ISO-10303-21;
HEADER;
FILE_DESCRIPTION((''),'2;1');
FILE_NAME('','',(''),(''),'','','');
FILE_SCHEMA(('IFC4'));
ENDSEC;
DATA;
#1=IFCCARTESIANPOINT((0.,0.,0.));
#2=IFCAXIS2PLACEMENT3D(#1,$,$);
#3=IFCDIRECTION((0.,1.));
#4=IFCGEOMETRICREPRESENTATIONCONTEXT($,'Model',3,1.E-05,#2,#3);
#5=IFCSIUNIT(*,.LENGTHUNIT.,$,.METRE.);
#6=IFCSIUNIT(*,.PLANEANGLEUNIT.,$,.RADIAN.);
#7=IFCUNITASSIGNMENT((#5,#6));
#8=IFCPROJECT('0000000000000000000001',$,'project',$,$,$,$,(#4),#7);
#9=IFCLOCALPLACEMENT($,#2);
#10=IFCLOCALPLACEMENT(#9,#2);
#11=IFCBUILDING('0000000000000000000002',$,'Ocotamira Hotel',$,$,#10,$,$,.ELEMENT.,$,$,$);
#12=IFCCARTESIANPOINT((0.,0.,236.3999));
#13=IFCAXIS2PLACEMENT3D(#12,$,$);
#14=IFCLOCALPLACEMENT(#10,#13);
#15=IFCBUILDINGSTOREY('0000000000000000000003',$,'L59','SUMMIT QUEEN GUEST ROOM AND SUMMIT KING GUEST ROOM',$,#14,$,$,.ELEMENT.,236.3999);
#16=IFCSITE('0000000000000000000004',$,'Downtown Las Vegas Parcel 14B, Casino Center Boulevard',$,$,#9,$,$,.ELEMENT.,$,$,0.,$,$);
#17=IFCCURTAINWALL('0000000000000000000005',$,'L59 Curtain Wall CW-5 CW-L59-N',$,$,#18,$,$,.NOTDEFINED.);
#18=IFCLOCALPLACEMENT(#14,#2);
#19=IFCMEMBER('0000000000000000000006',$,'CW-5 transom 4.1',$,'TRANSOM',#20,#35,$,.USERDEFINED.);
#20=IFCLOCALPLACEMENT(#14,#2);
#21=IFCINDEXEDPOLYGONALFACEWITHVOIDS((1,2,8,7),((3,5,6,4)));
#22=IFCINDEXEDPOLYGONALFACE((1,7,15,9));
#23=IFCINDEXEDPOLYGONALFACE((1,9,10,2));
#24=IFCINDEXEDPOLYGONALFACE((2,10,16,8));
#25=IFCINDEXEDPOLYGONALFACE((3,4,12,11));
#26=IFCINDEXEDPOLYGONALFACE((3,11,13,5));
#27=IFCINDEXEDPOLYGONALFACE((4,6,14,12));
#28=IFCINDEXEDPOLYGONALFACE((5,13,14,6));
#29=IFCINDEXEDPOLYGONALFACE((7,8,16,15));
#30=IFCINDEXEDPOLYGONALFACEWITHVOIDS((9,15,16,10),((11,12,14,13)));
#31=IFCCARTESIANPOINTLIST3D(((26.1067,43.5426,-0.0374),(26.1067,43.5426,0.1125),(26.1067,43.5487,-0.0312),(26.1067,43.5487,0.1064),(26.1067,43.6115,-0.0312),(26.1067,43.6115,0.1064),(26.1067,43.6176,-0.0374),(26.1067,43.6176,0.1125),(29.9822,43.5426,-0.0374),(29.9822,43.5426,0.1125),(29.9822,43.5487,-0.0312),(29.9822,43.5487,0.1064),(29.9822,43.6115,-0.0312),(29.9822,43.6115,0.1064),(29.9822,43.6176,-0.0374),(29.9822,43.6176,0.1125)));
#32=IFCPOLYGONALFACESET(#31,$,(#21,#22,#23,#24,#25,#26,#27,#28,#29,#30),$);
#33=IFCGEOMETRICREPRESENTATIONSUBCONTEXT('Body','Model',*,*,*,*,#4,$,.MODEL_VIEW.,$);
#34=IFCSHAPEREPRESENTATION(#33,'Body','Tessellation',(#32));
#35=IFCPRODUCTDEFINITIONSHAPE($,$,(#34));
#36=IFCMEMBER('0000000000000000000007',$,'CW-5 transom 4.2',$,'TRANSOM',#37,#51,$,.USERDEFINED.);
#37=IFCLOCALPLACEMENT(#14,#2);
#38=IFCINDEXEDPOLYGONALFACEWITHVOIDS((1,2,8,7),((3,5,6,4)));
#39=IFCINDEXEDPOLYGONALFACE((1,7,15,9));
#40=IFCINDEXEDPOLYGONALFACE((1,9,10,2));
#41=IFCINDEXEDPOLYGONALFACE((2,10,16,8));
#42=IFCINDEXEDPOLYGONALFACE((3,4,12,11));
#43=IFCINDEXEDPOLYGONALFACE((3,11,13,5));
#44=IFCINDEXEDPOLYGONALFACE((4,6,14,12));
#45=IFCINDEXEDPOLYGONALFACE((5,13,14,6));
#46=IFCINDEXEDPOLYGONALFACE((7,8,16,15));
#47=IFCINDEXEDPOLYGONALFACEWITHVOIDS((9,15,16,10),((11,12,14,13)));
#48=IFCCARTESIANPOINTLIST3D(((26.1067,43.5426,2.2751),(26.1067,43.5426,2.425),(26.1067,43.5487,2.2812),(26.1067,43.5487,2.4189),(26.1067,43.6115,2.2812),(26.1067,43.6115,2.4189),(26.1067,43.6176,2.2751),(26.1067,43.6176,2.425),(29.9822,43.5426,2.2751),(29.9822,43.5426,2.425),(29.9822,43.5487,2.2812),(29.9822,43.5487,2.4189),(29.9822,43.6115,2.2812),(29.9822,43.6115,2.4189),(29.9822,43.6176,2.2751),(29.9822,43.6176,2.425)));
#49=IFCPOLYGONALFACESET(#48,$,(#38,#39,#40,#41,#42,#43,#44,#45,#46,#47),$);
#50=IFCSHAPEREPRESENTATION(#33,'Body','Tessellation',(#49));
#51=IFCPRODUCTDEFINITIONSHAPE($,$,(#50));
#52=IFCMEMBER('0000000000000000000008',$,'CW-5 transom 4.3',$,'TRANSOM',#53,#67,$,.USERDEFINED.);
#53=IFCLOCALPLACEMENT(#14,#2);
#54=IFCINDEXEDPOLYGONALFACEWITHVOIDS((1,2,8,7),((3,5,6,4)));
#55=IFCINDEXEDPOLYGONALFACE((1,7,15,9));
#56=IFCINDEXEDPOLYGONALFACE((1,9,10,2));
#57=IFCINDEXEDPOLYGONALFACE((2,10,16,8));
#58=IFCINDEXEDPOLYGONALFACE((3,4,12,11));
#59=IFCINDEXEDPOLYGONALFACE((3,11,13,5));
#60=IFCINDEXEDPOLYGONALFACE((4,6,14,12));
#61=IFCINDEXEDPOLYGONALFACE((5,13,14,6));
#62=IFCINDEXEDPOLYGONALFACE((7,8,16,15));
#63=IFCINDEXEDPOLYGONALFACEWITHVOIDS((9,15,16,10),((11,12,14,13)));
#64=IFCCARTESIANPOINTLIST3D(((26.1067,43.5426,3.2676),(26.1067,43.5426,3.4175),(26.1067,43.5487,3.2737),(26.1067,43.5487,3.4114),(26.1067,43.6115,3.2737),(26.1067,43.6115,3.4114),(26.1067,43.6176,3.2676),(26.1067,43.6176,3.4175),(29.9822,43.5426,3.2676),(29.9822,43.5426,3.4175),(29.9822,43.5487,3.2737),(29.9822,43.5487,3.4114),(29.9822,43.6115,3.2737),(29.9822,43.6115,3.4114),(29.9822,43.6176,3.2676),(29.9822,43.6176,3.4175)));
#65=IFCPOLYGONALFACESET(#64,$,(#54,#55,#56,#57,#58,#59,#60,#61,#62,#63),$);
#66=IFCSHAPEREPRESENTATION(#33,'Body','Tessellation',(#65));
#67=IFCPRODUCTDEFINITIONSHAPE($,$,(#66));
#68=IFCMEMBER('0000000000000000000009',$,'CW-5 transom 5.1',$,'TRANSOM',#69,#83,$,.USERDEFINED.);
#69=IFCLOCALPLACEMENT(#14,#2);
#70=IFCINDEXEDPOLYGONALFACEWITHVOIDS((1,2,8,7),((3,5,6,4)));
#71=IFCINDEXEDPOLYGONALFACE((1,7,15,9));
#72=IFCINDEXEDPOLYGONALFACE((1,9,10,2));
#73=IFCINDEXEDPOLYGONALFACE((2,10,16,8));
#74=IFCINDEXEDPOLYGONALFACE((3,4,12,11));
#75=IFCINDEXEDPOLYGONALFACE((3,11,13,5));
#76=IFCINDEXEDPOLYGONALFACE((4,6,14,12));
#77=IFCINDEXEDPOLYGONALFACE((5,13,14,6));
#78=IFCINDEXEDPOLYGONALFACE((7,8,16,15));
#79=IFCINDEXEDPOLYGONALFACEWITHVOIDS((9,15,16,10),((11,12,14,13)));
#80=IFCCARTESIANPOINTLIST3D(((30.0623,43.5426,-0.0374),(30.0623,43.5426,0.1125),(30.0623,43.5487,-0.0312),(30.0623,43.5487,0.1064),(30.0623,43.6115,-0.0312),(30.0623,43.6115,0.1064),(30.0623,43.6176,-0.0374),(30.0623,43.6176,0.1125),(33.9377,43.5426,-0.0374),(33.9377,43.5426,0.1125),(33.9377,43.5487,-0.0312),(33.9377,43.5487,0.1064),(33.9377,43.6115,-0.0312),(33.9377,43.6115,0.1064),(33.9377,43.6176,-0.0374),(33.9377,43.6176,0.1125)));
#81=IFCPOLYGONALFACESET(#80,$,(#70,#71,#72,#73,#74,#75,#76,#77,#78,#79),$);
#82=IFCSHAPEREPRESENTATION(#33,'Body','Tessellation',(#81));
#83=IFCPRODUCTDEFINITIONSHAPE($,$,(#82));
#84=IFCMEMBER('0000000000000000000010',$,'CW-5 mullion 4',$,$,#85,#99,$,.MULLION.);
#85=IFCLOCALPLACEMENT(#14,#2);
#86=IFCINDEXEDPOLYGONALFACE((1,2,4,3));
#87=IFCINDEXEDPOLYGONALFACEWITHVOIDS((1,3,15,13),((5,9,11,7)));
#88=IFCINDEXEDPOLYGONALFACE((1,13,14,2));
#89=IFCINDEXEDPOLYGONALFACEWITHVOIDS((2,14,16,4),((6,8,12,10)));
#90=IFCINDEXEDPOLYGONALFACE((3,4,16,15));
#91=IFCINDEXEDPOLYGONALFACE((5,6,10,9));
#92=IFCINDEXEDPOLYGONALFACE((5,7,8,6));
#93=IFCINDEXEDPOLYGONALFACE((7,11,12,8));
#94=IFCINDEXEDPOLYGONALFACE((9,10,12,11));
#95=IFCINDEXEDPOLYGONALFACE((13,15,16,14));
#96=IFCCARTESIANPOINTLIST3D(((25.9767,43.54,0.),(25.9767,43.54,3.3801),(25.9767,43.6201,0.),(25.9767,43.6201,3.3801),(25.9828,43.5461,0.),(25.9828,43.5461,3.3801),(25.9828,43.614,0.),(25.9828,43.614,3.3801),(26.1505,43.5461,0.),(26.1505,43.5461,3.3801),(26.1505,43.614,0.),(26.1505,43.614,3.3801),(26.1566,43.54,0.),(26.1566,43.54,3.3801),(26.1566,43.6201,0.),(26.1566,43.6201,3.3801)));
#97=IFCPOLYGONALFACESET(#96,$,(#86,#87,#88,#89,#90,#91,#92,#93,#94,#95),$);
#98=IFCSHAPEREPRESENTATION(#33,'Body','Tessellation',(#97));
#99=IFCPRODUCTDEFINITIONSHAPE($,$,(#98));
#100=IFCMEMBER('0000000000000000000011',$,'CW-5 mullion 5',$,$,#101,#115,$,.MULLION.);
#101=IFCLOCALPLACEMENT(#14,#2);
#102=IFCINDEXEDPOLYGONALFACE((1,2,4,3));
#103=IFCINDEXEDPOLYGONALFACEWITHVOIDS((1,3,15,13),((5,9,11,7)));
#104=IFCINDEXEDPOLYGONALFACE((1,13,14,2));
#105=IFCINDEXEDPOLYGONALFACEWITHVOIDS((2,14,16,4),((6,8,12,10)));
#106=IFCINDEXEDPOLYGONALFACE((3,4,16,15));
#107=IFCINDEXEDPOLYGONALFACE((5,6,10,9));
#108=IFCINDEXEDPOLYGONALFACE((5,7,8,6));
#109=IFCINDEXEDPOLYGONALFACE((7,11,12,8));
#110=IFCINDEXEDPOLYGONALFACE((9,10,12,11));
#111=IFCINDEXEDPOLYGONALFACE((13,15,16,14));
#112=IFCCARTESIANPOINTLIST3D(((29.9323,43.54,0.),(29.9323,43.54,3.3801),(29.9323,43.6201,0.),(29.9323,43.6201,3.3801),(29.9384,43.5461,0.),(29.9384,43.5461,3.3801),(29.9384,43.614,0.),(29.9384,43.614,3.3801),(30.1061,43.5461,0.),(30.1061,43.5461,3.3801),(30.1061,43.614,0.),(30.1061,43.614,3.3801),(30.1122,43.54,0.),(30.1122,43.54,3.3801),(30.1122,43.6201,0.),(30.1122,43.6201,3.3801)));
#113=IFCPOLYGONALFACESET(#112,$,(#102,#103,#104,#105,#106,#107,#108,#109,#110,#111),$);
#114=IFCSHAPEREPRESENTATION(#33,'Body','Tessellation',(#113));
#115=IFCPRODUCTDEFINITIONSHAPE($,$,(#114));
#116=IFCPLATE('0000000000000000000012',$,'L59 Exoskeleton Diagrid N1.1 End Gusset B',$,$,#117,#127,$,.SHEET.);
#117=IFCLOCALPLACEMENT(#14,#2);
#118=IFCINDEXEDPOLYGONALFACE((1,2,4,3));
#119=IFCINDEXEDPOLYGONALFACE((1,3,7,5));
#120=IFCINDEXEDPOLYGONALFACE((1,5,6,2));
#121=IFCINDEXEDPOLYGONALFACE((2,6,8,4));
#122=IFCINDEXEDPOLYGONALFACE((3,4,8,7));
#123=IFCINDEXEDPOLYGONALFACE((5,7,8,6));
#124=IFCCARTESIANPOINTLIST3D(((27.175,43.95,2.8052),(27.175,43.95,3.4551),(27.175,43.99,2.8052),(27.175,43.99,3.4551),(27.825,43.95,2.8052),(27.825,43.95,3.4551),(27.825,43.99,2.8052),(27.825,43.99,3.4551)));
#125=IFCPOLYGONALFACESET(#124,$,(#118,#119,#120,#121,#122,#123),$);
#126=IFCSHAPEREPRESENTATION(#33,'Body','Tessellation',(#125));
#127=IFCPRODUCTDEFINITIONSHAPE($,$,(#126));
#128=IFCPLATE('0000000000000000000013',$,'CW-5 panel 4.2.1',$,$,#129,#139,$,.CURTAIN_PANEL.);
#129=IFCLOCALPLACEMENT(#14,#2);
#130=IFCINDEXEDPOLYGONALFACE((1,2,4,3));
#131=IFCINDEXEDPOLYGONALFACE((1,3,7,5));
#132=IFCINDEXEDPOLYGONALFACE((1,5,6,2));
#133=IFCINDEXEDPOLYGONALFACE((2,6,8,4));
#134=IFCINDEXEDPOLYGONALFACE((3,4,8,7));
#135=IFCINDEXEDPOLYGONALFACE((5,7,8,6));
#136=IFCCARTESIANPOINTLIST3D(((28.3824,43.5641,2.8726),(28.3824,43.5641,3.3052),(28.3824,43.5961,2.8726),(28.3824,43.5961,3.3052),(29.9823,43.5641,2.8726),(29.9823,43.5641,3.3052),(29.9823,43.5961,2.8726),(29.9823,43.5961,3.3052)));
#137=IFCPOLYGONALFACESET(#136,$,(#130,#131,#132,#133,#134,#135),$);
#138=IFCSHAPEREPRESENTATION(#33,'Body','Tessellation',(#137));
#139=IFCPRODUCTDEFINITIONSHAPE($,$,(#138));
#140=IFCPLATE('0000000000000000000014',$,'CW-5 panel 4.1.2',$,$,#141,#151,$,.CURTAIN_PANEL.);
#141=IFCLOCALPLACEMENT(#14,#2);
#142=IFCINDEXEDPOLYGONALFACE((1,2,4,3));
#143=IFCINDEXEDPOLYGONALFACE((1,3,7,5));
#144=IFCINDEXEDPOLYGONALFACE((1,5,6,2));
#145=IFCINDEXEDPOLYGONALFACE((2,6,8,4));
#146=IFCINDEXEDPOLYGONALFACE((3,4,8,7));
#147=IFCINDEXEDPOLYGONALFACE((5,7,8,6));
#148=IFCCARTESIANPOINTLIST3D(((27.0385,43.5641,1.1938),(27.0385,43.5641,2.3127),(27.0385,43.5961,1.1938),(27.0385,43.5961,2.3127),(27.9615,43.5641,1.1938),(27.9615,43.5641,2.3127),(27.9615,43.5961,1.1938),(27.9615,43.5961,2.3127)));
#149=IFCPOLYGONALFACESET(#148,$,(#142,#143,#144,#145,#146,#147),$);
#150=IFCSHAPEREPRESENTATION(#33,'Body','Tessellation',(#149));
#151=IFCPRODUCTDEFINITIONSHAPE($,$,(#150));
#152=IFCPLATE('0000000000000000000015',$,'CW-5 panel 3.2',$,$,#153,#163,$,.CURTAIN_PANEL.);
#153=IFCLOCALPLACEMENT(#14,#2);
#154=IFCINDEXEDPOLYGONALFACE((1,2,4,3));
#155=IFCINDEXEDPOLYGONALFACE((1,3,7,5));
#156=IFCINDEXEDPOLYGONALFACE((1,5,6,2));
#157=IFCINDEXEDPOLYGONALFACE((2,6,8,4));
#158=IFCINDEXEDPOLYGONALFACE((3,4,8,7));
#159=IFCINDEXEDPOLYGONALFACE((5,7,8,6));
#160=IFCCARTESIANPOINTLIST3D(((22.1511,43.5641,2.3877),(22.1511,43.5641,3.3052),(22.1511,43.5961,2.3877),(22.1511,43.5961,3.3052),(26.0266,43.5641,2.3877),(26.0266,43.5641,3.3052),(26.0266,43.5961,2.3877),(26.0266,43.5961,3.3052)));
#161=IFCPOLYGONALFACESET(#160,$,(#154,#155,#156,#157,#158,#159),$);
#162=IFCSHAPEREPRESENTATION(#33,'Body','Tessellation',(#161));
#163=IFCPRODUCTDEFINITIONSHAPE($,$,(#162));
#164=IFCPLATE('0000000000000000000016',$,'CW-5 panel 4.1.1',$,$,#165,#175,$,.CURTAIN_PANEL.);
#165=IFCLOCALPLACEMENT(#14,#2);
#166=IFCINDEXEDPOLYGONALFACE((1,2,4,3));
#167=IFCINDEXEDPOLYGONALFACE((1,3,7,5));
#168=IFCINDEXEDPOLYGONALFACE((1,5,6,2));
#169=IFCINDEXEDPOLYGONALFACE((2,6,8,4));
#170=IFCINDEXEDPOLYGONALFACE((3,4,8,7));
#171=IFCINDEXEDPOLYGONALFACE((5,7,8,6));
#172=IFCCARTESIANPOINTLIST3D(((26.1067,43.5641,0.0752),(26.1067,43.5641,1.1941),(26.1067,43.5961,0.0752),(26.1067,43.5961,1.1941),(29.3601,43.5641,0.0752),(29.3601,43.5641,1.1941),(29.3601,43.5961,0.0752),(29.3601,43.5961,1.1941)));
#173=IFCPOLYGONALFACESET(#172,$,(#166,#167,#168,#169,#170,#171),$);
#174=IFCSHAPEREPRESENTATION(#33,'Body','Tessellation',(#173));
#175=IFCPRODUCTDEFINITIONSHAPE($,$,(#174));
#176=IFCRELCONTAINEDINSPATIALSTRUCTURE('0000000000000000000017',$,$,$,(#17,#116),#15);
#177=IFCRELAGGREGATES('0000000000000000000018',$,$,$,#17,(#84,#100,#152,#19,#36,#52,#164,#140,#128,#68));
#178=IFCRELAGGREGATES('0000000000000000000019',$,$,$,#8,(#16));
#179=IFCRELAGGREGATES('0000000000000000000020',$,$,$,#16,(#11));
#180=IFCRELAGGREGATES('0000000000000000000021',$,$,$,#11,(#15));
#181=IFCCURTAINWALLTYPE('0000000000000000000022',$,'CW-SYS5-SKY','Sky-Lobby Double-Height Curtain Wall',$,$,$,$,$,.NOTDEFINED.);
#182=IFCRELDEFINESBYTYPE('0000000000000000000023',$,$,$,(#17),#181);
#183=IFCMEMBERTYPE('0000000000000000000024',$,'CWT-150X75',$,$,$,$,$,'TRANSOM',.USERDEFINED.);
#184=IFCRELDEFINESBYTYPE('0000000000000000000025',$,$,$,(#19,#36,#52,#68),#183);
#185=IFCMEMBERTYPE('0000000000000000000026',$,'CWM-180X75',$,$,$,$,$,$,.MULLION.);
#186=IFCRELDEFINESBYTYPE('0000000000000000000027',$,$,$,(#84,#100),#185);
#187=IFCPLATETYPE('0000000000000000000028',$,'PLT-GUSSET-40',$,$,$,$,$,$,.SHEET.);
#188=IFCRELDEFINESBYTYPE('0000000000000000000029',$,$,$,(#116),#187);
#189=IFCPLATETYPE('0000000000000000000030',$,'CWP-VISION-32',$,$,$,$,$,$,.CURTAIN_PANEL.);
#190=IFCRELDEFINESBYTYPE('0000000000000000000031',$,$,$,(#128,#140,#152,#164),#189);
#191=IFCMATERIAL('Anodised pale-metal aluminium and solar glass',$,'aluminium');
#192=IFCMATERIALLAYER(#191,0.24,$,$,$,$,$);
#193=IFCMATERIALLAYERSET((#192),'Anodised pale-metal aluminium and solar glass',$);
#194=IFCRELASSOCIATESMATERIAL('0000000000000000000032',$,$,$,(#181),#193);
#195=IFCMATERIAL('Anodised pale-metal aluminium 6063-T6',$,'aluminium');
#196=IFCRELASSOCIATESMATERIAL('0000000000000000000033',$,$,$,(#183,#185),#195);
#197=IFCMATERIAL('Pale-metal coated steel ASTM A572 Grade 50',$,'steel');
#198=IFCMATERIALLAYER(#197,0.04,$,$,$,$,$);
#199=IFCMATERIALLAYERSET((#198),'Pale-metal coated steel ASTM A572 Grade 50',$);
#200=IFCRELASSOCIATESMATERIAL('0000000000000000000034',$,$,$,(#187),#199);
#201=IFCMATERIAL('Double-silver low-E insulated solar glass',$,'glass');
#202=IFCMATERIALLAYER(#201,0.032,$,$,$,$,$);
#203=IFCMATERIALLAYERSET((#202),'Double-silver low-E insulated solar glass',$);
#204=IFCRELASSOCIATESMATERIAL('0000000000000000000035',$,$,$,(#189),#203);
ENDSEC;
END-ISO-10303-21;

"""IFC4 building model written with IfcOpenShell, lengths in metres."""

from ifc_helpers import new_model, si_unit, direction, frame, origin, origin_2d, place, context, subcontext, project, spatial, rectangle, hollow_rectangle, extrude, source, transform, mapped, material, layer, layer_set, material_profile, profile_set, type_object, element, aggregate, save


model = new_model("IFC4")

# Units and contexts
model_context = context("Model", 3, precision=1e-05, world=origin(), true_north=direction((0.0, 1.0)))
body_context = subcontext(model_context, "Body", "Model", "MODEL_VIEW")
ifc_project = project(units=[si_unit("LENGTHUNIT", "METRE"), si_unit("PLANEANGLEUNIT", "RADIAN")], contexts=[model_context])

# Site, building, storey
site_placement = place(None, origin())
site = spatial("IfcSite", under=ifc_project, at=site_placement, Name="Downtown Las Vegas Parcel 14B, Casino Center Boulevard", CompositionType="ELEMENT", RefElevation=0.0)
building_placement = place(site_placement, origin())
building = spatial("IfcBuilding", under=site, at=building_placement, Name="Ocotamira Hotel", CompositionType="ELEMENT")
storey_placement = place(building_placement, frame((0.0, 0.0, 236.3999)))
storey = spatial("IfcBuildingStorey", under=building, at=storey_placement, Name="L59", Description="SUMMIT QUEEN GUEST ROOM AND SUMMIT KING GUEST ROOM", CompositionType="ELEMENT", Elevation=236.3999)

# Curtain wall, members
ifc_material_1 = material(Name="Anodised pale-metal aluminium and solar glass", Category="aluminium")
ifc_layer_1 = layer(ifc_material_1, 0.24)
ifc_layer_set_1 = layer_set([ifc_layer_1], Name="Anodised pale-metal aluminium and solar glass")
curtain_wall_type = type_object("IfcCurtainWallType", Name="CW-SYS5-SKY", Description="Sky-Lobby Double-Height Curtain Wall", PredefinedType="NOTDEFINED", material=ifc_layer_set_1)
curtain_wall_placement = place(storey_placement, origin())
curtain_wall = element("IfcCurtainWall", 1, at=curtain_wall_placement, inside=storey, type_object=curtain_wall_type, Name="L59 Curtain Wall CW-5 CW-L59-N", PredefinedType="NOTDEFINED")
ifc_material_2 = material(Name="Anodised pale-metal aluminium 6063-T6", Category="aluminium")
ifc_material_profile_1 = material_profile(ifc_material_2, hollow_rectangle(XDim=0.075, YDim=0.1499, WallThickness=0.0061, at=origin_2d()), Name="HSS150X75X6")
ifc_profile_set_1 = profile_set([ifc_material_profile_1], Name="Anodised pale-metal aluminium 6063-T6")
member_type_1 = type_object("IfcMemberType", Name="CWT-150X75", ElementType="TRANSOM", PredefinedType="USERDEFINED", material=ifc_profile_set_1)
shared_shape_1 = source(origin(), body_context, "Body", "SweptSolid", [
    extrude(hollow_rectangle(XDim=0.075, YDim=0.1499, WallThickness=0.0061, at=origin_2d()), origin(), (0.0, 0.0, 1.0), 3.8755),
])
member_1_placement = place(storey_placement, frame((26.1067, 43.5801, 0.0376), z_axis=(1.0, 0.0, 0.0), x_axis=(0.0, 1.0, 0.0)))
member_1 = element("IfcMember", 2, at=member_1_placement, type_object=member_type_1, Name="CW-5 transom 4.1", ObjectType="TRANSOM", PredefinedType="USERDEFINED", context=body_context, shape_type="MappedRepresentation", body=[
    mapped(shared_shape_1, transform((0.0, 0.0, 0.0), scale=1.0)),
])
member_2_placement = place(storey_placement, frame((26.1067, 43.5801, 2.3501), z_axis=(1.0, 0.0, 0.0), x_axis=(0.0, 1.0, 0.0)))
member_2 = element("IfcMember", 3, at=member_2_placement, type_object=member_type_1, Name="CW-5 transom 4.2", ObjectType="TRANSOM", PredefinedType="USERDEFINED", context=body_context, shape_type="MappedRepresentation", body=[
    mapped(shared_shape_1, transform((0.0, 0.0, 0.0), scale=1.0)),
])
member_3_placement = place(storey_placement, frame((26.1067, 43.5801, 3.3425), z_axis=(1.0, 0.0, 0.0), x_axis=(0.0, 1.0, 0.0)))
member_3 = element("IfcMember", 4, at=member_3_placement, type_object=member_type_1, Name="CW-5 transom 4.3", ObjectType="TRANSOM", PredefinedType="USERDEFINED", context=body_context, shape_type="MappedRepresentation", body=[
    mapped(shared_shape_1, transform((0.0, 0.0, 0.0), scale=1.0)),
])
member_4_placement = place(storey_placement, frame((30.0623, 43.5801, 0.0376), z_axis=(1.0, 0.0, 0.0), x_axis=(0.0, 1.0, 0.0)))
member_4 = element("IfcMember", 5, at=member_4_placement, type_object=member_type_1, Name="CW-5 transom 5.1", ObjectType="TRANSOM", PredefinedType="USERDEFINED", context=body_context, shape_type="MappedRepresentation", body=[
    mapped(shared_shape_1, transform((0.0, 0.0, 0.0), scale=1.0)),
])
ifc_material_profile_2 = material_profile(ifc_material_2, hollow_rectangle(XDim=0.0801, YDim=0.1799, WallThickness=0.0061, at=origin_2d()), Name="HSS180X80X6")
ifc_profile_set_2 = profile_set([ifc_material_profile_2], Name="Anodised pale-metal aluminium 6063-T6")
member_type_2 = type_object("IfcMemberType", Name="CWM-180X75", PredefinedType="MULLION", material=ifc_profile_set_2)
shared_shape_2 = source(origin(), body_context, "Body", "SweptSolid", [
    extrude(hollow_rectangle(XDim=0.0801, YDim=0.1799, WallThickness=0.0061, at=origin_2d()), origin(), (0.0, 0.0, 1.0), 3.3801),
])
member_5_placement = place(storey_placement, frame((26.0667, 43.5801, 0.0), z_axis=(0.0, 0.0, 1.0), x_axis=(0.0, 1.0, 0.0)))
member_5 = element("IfcMember", 6, at=member_5_placement, type_object=member_type_2, Name="CW-5 mullion 4", PredefinedType="MULLION", context=body_context, shape_type="MappedRepresentation", body=[
    mapped(shared_shape_2, transform((0.0, 0.0, 0.0), scale=1.0)),
])
member_6_placement = place(storey_placement, frame((30.0222, 43.5801, 0.0), z_axis=(0.0, 0.0, 1.0), x_axis=(0.0, 1.0, 0.0)))
member_6 = element("IfcMember", 7, at=member_6_placement, type_object=member_type_2, Name="CW-5 mullion 5", PredefinedType="MULLION", context=body_context, shape_type="MappedRepresentation", body=[
    mapped(shared_shape_2, transform((0.0, 0.0, 0.0), scale=1.0)),
])

# Plates
ifc_material_3 = material(Name="Pale-metal coated steel ASTM A572 Grade 50", Category="steel")
ifc_layer_2 = layer(ifc_material_3, 0.04)
ifc_layer_set_2 = layer_set([ifc_layer_2], Name="Pale-metal coated steel ASTM A572 Grade 50")
plate_type_1 = type_object("IfcPlateType", Name="PLT-GUSSET-40", PredefinedType="SHEET", material=ifc_layer_set_2)
shared_shape_3 = source(origin(), body_context, "Body", "SweptSolid", [
    extrude(rectangle(XDim=0.6499, YDim=0.04, at=origin_2d()), origin(), (0.0, 0.0, 1.0), 0.6499),
])
plate_1_placement = place(storey_placement, frame((27.5, 43.97, 2.8052), z_axis=(0.0, 0.0, 1.0), x_axis=(1.0, 0.0, 0.0)))
element("IfcPlate", 8, at=plate_1_placement, inside=storey, type_object=plate_type_1, Name="L59 Exoskeleton Diagrid N1.1 End Gusset B", PredefinedType="SHEET", context=body_context, shape_type="MappedRepresentation", body=[
    mapped(shared_shape_3, transform((0.0, 0.0, 0.0), scale=1.0)),
])
ifc_material_4 = material(Name="Double-silver low-E insulated solar glass", Category="glass")
ifc_layer_3 = layer(ifc_material_4, 0.032)
ifc_layer_set_3 = layer_set([ifc_layer_3], Name="Double-silver low-E insulated solar glass")
plate_type_2 = type_object("IfcPlateType", Name="CWP-VISION-32", PredefinedType="CURTAIN_PANEL", material=ifc_layer_set_3)
shared_shape_4 = source(origin(), body_context, "Body", "SweptSolid", [
    extrude(rectangle(XDim=1.5999, YDim=0.032, at=origin_2d()), origin(), (0.0, 0.0, 1.0), 0.4326),
])
plate_2_placement = place(storey_placement, frame((29.1824, 43.5801, 2.8726), z_axis=(0.0, 0.0, 1.0), x_axis=(1.0, 0.0, 0.0)))
plate_2 = element("IfcPlate", 9, at=plate_2_placement, type_object=plate_type_2, Name="CW-5 panel 4.2.1", PredefinedType="CURTAIN_PANEL", context=body_context, shape_type="MappedRepresentation", body=[
    mapped(shared_shape_4, transform((0.0, 0.0, 0.0), scale=1.0)),
])
shared_shape_5 = source(origin(), body_context, "Body", "SweptSolid", [
    extrude(rectangle(XDim=0.9231, YDim=0.032, at=origin_2d()), origin(), (0.0, 0.0, 1.0), 1.1189),
])
plate_3_placement = place(storey_placement, frame((27.5, 43.5801, 1.1938), z_axis=(0.0, 0.0, 1.0), x_axis=(1.0, 0.0, 0.0)))
plate_3 = element("IfcPlate", 10, at=plate_3_placement, type_object=plate_type_2, Name="CW-5 panel 4.1.2", PredefinedType="CURTAIN_PANEL", context=body_context, shape_type="MappedRepresentation", body=[
    mapped(shared_shape_5, transform((0.0, 0.0, 0.0), scale=1.0)),
])
shared_shape_6 = source(origin(), body_context, "Body", "SweptSolid", [
    extrude(rectangle(XDim=3.8755, YDim=0.032, at=origin_2d()), origin(), (0.0, 0.0, 1.0), 0.9175),
])
plate_4_placement = place(storey_placement, frame((24.0889, 43.5801, 2.3877), z_axis=(0.0, 0.0, 1.0), x_axis=(1.0, 0.0, 0.0)))
plate_4 = element("IfcPlate", 11, at=plate_4_placement, type_object=plate_type_2, Name="CW-5 panel 3.2", PredefinedType="CURTAIN_PANEL", context=body_context, shape_type="MappedRepresentation", body=[
    mapped(shared_shape_6, transform((0.0, 0.0, 0.0), scale=1.0)),
])
shared_shape_7 = source(origin(), body_context, "Body", "SweptSolid", [
    extrude(rectangle(XDim=3.2534, YDim=0.032, at=origin_2d()), origin(), (0.0, 0.0, 1.0), 1.1189),
])
plate_5_placement = place(storey_placement, frame((27.7334, 43.5801, 0.0752), z_axis=(0.0, 0.0, 1.0), x_axis=(1.0, 0.0, 0.0)))
plate_5 = element("IfcPlate", 12, at=plate_5_placement, type_object=plate_type_2, Name="CW-5 panel 4.1.1", PredefinedType="CURTAIN_PANEL", context=body_context, shape_type="MappedRepresentation", body=[
    mapped(shared_shape_7, transform((0.0, 0.0, 0.0), scale=1.0)),
])
aggregate(curtain_wall, [member_5, member_6, plate_4, member_1, member_2, member_3, plate_5, plate_3, plate_2, member_4])

save(model, "model.ifc")
